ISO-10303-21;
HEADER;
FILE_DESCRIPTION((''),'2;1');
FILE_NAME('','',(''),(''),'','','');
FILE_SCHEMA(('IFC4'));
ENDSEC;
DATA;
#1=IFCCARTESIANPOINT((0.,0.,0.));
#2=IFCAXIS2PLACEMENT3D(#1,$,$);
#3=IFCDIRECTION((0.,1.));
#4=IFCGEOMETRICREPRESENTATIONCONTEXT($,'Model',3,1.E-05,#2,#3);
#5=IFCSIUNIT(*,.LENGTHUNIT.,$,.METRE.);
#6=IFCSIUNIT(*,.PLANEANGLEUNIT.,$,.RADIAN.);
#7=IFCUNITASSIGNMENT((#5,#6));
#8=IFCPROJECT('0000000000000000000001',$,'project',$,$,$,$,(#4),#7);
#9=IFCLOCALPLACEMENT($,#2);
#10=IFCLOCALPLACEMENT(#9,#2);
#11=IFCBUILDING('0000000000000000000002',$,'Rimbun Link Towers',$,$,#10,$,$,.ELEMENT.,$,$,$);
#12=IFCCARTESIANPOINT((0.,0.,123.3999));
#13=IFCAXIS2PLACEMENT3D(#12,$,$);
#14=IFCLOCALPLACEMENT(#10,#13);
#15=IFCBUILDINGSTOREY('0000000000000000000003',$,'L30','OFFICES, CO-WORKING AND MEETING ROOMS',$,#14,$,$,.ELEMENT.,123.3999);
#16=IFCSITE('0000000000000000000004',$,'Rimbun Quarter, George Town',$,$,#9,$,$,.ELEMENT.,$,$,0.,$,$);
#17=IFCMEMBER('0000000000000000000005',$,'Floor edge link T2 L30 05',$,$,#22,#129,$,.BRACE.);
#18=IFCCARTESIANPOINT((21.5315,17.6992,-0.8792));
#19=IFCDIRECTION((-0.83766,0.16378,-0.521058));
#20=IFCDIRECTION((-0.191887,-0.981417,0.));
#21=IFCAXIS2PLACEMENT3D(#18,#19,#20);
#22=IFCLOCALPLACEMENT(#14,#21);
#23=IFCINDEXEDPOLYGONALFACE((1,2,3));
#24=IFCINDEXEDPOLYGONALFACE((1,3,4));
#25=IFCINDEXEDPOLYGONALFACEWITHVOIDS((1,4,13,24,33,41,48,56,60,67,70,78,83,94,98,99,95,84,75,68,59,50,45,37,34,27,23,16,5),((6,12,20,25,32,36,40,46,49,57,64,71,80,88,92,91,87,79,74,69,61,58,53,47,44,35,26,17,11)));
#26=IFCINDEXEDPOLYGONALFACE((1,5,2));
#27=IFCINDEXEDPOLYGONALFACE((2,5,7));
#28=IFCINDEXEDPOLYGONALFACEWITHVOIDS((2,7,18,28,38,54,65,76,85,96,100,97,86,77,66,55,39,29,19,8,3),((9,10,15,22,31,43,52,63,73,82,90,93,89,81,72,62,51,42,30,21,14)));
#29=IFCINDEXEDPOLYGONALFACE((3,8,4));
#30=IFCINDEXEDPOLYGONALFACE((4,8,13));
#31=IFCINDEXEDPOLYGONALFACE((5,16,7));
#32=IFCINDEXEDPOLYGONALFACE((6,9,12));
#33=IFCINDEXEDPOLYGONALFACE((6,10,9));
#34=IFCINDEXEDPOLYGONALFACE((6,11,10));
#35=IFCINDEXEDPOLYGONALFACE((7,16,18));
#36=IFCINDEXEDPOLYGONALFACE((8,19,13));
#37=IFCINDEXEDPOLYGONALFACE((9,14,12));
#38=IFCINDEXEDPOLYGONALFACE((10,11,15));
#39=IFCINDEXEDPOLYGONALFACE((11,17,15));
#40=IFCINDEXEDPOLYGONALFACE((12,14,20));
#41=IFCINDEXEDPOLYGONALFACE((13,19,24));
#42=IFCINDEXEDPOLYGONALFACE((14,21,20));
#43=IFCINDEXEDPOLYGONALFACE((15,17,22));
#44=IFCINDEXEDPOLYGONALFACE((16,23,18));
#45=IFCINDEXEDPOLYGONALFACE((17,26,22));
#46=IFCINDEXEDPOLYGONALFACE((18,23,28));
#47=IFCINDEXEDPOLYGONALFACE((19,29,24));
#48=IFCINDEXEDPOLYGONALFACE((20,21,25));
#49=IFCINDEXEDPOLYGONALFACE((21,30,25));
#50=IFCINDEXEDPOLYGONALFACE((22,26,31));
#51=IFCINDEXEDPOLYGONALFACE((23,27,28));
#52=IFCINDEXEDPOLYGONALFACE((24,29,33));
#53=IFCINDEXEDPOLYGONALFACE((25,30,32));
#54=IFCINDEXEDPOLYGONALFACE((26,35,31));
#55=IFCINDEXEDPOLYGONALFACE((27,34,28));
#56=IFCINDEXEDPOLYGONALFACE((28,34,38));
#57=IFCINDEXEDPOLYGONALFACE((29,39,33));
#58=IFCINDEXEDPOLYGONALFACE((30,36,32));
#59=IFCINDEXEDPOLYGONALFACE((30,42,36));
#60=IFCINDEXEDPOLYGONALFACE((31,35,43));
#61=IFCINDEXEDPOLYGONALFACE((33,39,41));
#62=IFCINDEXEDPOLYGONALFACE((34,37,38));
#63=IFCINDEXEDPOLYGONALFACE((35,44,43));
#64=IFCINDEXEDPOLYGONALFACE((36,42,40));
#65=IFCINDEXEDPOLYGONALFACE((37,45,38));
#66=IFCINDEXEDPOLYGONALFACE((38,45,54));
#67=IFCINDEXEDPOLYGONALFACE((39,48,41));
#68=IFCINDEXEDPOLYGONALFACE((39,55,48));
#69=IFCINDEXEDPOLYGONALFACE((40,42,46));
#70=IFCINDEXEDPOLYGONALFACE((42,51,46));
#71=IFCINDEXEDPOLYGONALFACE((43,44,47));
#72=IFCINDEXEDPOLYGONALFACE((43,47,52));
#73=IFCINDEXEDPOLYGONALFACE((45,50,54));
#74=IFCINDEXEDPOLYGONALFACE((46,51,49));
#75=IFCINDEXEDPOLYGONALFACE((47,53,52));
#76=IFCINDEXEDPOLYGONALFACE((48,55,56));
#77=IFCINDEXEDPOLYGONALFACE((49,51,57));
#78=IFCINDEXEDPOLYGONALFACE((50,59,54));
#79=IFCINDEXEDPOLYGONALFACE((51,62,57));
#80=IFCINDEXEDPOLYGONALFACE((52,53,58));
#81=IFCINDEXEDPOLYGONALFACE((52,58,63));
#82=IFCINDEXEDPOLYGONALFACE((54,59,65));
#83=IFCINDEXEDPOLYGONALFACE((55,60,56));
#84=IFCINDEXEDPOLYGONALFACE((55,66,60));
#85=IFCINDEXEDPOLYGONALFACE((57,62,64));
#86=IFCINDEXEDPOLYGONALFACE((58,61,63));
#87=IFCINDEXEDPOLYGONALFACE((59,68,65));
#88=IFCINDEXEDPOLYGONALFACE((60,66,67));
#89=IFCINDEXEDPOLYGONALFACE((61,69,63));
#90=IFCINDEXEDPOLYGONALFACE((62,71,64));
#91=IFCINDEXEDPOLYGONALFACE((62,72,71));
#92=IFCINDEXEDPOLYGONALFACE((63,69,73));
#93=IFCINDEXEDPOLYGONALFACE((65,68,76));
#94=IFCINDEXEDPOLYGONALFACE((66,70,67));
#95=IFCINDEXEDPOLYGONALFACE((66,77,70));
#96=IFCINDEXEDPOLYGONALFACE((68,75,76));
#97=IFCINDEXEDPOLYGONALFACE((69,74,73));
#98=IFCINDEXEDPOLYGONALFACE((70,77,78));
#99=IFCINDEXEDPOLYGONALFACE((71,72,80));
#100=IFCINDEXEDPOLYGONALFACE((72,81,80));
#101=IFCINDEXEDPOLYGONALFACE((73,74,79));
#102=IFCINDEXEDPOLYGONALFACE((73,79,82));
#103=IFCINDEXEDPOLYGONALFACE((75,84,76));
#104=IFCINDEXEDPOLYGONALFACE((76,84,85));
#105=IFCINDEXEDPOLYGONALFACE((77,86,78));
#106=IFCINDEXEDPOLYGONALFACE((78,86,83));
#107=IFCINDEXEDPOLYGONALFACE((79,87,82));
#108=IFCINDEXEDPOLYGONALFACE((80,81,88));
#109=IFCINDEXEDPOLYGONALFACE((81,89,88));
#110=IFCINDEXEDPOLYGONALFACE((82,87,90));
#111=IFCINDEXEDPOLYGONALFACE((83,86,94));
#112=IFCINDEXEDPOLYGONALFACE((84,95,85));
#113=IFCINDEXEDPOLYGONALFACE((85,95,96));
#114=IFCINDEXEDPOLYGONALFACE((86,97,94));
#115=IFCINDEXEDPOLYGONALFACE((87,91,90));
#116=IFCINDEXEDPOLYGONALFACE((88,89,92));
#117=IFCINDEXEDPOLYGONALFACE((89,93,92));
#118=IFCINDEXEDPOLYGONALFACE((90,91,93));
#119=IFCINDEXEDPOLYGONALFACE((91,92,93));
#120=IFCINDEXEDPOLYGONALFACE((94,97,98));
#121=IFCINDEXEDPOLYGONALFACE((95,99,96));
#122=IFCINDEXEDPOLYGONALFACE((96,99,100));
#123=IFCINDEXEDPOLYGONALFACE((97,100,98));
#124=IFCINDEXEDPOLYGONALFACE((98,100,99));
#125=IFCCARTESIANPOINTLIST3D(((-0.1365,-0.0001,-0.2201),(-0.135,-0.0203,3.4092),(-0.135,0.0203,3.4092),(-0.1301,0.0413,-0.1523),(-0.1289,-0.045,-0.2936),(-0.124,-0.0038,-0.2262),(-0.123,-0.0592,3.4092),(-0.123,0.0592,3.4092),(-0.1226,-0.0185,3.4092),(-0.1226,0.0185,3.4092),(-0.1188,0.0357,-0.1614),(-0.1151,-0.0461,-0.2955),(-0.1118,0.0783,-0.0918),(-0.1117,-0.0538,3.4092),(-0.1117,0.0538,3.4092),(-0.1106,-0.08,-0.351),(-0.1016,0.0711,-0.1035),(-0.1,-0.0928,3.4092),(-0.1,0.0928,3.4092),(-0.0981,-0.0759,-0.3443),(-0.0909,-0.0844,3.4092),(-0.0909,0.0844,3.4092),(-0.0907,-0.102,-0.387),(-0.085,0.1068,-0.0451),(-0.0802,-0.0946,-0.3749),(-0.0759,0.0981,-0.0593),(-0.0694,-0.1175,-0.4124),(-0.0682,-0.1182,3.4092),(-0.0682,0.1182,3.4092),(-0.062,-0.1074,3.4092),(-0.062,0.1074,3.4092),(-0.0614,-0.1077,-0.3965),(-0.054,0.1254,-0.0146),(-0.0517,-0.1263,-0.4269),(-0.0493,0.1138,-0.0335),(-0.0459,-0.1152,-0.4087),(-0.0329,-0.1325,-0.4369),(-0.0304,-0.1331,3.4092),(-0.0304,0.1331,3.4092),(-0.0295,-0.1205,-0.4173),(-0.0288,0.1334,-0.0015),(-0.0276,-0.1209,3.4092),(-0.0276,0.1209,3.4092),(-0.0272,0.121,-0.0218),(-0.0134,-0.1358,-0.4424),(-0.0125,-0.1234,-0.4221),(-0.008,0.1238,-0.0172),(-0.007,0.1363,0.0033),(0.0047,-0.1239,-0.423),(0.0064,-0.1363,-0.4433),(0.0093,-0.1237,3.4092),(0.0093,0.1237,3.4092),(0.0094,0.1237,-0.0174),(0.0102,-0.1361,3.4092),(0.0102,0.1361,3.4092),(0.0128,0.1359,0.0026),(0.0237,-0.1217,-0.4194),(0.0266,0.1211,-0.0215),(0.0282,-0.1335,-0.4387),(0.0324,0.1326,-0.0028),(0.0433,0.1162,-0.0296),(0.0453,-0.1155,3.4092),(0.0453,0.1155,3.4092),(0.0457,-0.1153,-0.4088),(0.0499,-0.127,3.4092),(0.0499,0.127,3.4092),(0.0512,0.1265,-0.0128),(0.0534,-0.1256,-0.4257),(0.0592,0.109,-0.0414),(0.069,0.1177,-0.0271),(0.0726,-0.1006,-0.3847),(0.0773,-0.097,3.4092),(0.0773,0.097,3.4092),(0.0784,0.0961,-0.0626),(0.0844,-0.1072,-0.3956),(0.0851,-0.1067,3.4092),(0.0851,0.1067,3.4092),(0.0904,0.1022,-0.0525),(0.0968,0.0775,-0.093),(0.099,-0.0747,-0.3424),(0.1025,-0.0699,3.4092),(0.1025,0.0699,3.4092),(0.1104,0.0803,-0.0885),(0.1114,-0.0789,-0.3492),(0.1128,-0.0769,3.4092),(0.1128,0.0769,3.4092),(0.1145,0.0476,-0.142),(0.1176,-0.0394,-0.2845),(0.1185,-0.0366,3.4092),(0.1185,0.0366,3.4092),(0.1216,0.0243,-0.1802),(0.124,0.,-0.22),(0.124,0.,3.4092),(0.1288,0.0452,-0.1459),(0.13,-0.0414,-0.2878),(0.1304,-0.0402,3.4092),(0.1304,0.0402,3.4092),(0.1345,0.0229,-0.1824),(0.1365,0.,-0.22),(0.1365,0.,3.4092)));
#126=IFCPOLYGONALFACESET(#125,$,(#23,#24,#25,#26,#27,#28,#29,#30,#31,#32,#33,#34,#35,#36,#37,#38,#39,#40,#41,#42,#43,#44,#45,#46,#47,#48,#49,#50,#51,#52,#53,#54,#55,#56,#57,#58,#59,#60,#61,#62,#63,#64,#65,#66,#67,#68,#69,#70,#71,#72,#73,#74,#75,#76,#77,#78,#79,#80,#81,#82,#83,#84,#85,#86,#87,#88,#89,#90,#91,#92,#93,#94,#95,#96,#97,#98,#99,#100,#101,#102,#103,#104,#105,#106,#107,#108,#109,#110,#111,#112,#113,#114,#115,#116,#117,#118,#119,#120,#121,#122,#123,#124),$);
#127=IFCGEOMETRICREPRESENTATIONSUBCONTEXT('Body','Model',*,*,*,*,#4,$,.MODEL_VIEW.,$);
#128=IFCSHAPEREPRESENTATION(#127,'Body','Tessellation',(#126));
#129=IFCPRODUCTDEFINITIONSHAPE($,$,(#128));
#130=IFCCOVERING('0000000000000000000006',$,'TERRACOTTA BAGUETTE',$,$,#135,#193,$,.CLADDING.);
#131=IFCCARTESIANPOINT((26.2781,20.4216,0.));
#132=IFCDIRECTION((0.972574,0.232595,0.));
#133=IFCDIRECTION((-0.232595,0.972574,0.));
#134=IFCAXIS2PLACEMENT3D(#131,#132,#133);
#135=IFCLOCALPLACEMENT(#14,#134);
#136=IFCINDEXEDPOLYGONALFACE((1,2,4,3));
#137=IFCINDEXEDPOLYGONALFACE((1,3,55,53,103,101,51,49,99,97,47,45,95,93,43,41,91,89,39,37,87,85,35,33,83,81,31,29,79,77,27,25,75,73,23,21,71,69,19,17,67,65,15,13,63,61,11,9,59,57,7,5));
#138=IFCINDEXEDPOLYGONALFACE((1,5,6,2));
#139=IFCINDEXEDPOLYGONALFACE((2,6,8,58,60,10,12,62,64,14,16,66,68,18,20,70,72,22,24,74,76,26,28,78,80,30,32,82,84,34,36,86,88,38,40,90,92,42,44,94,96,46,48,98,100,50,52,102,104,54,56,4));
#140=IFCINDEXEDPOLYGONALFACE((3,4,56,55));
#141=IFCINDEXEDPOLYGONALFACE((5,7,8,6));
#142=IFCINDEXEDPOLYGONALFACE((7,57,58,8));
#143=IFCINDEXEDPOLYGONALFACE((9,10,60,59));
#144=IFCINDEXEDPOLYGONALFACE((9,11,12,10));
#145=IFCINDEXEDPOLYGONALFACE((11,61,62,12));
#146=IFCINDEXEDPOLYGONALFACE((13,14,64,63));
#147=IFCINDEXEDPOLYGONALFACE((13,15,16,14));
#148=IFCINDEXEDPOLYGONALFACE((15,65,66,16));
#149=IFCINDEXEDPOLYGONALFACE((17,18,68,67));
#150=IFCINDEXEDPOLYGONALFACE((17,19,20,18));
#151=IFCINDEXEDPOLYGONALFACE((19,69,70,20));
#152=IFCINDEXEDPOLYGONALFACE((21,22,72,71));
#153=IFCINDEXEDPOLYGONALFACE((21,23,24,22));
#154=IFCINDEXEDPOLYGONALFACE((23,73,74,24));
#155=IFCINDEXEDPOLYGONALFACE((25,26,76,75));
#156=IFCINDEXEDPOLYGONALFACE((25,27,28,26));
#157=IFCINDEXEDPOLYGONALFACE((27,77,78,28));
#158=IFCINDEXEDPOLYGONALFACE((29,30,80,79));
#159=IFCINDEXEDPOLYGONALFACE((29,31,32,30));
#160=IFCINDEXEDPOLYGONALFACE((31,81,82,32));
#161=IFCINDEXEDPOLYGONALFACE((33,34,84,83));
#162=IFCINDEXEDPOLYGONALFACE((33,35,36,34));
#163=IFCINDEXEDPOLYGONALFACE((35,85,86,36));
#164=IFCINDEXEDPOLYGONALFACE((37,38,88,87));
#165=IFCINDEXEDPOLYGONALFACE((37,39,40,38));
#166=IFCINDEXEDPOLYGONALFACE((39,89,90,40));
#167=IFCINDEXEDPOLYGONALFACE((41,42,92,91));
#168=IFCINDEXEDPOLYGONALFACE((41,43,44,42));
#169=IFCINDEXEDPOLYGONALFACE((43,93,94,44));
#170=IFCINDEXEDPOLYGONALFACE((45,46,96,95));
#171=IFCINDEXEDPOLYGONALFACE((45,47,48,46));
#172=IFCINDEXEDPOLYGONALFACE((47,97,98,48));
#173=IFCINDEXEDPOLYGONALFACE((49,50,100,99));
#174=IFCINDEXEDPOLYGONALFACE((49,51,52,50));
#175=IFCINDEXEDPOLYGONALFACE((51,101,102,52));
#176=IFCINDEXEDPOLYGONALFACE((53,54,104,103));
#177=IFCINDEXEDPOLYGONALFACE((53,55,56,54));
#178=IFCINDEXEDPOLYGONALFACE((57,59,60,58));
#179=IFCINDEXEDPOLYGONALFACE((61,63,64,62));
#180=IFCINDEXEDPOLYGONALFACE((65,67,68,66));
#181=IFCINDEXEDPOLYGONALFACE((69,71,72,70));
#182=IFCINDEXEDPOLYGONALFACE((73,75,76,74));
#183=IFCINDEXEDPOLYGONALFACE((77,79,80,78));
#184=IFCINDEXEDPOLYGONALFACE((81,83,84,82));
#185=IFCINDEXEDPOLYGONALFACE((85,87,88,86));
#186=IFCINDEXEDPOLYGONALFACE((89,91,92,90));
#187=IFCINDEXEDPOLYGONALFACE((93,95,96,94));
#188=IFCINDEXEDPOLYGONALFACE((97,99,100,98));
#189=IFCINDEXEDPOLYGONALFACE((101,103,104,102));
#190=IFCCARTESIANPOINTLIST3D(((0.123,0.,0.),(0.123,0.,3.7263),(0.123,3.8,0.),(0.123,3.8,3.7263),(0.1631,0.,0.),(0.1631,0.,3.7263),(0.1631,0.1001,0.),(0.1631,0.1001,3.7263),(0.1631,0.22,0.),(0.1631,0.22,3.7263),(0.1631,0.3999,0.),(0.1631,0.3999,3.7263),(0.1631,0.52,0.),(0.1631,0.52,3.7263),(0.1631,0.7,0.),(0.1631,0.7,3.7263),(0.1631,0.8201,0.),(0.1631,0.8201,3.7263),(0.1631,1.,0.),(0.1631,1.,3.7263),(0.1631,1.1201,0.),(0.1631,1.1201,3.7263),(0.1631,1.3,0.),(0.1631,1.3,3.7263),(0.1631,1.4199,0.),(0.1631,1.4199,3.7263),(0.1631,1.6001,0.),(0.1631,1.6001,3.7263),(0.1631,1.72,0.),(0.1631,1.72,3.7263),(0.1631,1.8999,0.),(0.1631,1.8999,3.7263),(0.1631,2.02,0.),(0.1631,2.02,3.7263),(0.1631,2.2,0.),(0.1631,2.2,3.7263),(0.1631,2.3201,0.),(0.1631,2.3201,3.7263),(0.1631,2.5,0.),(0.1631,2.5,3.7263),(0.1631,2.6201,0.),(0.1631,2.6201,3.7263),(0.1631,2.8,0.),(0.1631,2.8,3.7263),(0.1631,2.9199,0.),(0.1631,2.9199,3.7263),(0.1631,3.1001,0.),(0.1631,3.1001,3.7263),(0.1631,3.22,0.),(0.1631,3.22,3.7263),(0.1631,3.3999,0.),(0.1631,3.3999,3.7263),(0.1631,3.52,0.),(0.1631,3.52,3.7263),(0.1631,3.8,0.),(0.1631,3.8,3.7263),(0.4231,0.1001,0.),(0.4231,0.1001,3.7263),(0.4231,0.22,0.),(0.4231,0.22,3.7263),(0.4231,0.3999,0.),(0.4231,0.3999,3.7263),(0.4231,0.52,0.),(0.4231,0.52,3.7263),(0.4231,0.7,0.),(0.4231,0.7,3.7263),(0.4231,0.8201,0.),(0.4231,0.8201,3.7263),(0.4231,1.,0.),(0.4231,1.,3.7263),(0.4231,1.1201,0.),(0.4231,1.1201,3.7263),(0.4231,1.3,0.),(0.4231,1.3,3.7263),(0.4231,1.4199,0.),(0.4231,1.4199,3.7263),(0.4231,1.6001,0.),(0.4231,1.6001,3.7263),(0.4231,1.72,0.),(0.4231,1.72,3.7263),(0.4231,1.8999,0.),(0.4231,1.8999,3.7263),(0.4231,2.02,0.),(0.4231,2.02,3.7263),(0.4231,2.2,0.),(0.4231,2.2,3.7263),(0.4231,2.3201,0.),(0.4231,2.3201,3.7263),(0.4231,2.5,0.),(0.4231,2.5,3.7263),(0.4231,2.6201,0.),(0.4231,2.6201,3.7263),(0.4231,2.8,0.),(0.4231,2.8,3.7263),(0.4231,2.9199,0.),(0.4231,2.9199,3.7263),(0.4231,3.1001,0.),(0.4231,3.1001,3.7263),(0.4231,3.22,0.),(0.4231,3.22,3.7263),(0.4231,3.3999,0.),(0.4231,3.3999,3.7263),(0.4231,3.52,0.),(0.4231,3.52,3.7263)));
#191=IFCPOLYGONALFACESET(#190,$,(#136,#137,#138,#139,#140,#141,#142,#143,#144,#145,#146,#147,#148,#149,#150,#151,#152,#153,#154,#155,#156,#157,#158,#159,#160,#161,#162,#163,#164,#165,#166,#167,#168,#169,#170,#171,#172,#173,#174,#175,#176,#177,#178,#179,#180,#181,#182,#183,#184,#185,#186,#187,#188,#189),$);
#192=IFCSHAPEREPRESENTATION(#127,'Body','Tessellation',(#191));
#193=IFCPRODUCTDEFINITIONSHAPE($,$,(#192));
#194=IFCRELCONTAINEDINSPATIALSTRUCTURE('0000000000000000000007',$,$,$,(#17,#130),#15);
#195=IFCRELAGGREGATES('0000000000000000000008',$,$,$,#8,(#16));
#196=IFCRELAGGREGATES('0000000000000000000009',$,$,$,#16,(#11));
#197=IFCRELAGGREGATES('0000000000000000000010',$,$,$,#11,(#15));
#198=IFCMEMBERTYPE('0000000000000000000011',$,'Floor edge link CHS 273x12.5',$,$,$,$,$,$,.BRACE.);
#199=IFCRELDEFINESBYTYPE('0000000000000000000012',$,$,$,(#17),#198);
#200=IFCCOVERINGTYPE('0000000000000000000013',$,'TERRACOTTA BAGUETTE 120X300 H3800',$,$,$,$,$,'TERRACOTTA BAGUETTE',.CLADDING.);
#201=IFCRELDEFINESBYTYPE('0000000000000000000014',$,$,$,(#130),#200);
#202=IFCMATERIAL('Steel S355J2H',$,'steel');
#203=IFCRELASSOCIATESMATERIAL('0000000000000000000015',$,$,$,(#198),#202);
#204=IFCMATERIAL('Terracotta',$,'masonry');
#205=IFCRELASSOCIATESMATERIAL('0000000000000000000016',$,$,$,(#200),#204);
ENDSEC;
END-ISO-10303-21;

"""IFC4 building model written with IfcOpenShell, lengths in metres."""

from ifc_helpers import new_model, si_unit, direction, frame, origin, origin_2d, place, context, subcontext, project, spatial, polyline, hollow_circle, outline, extrude, clip, halfspace, material, material_profile, profile_set, type_object, element, save


model = new_model("IFC4")

# Units and contexts
model_context = context("Model", 3, precision=1e-05, world=origin(), true_north=direction((0.0, 1.0)))
body_context = subcontext(model_context, "Body", "Model", "MODEL_VIEW")
ifc_project = project(units=[si_unit("LENGTHUNIT", "METRE"), si_unit("PLANEANGLEUNIT", "RADIAN")], contexts=[model_context])

# Site, building, storey
site_placement = place(None, origin())
site = spatial("IfcSite", under=ifc_project, at=site_placement, Name="Rimbun Quarter, George Town", CompositionType="ELEMENT", RefElevation=0.0)
building_placement = place(site_placement, origin())
building = spatial("IfcBuilding", under=site, at=building_placement, Name="Rimbun Link Towers", CompositionType="ELEMENT")
storey_placement = place(building_placement, frame((0.0, 0.0, 123.3999)))
storey = spatial("IfcBuildingStorey", under=building, at=storey_placement, Name="L30", Description="OFFICES, CO-WORKING AND MEETING ROOMS", CompositionType="ELEMENT", Elevation=123.3999)

# Member
ifc_material_1 = material(Name="Steel S355J2H", Category="steel")
ifc_material_profile_1 = material_profile(ifc_material_1, hollow_circle(Radius=0.1365, WallThickness=0.0125, at=origin_2d()), Name="CHS 273x12.5")
ifc_profile_set_1 = profile_set([ifc_material_profile_1], Name="Steel S355J2H")
member_type_1 = type_object("IfcMemberType", Name="Floor edge link CHS 273x12.5", PredefinedType="BRACE", material=ifc_profile_set_1)
member_1_placement = place(storey_placement, frame((21.5315, 17.6992, -0.8792), z_axis=(-0.83766, 0.16378, -0.521058), x_axis=(-0.191887, -0.981417, 0.0)))
element("IfcMember", 1, at=member_1_placement, inside=storey, type_object=member_type_1, Name="Floor edge link T2 L30 05", PredefinedType="BRACE", context=body_context, shape_type="Clipping", body=[
    clip(extrude(hollow_circle(Radius=0.1365, WallThickness=0.0125, at=origin_2d()), frame((0.0, 0.0, -0.4663)), (0.0, 0.0, 1.0), 3.8755), halfspace(frame((0.0, 0.0, -0.22), z_axis=(0.0, 0.853521, -0.521058)), False)),
])

# Covering
ifc_material_2 = material(Name="Terracotta", Category="masonry")
ifc_material_profile_2 = material_profile(ifc_material_2, outline(polyline([(0.123, 0.0), (0.1631, 0.0), (0.1631, 0.1001), (0.4231, 0.1001), (0.4231, 0.22), (0.1631, 0.22), (0.1631, 0.3999), (0.4231, 0.3999), (0.4231, 0.52), (0.1631, 0.52), (0.1631, 0.7), (0.4231, 0.7), (0.4231, 0.8201), (0.1631, 0.8201), (0.1631, 1.0), (0.4231, 1.0), (0.4231, 1.1201), (0.1631, 1.1201), (0.1631, 1.3), (0.4231, 1.3), (0.4231, 1.4199), (0.1631, 1.4199), (0.1631, 1.6001), (0.4231, 1.6001), (0.4231, 1.72), (0.1631, 1.72), (0.1631, 1.8999), (0.4231, 1.8999), (0.4231, 2.02), (0.1631, 2.02), (0.1631, 2.2), (0.4231, 2.2), (0.4231, 2.3201), (0.1631, 2.3201), (0.1631, 2.5), (0.4231, 2.5), (0.4231, 2.6201), (0.1631, 2.6201), (0.1631, 2.8), (0.4231, 2.8), (0.4231, 2.9199), (0.1631, 2.9199), (0.1631, 3.1001), (0.4231, 3.1001), (0.4231, 3.22), (0.1631, 3.22), (0.1631, 3.3999), (0.4231, 3.3999), (0.4231, 3.52), (0.1631, 3.52), (0.1631, 3.8), (0.123, 3.8), (0.123, 0.0)])), Name="BAGUETTE 120X300")
ifc_profile_set_2 = profile_set([ifc_material_profile_2], Name="Terracotta")
covering_type = type_object("IfcCoveringType", Name="TERRACOTTA BAGUETTE 120X300 H3800", ElementType="TERRACOTTA BAGUETTE", PredefinedType="CLADDING", material=ifc_profile_set_2)
covering_1_placement = place(storey_placement, frame((26.2781, 20.4216, 0.0), z_axis=(0.972574, 0.232595, 0.0), x_axis=(-0.232595, 0.972574, 0.0)))
element("IfcCovering", 2, at=covering_1_placement, inside=storey, type_object=covering_type, Name="TERRACOTTA BAGUETTE", PredefinedType="CLADDING", context=body_context, shape_type="SweptSolid", body=[
    extrude(outline(polyline([(0.123, 0.0), (0.1631, 0.0), (0.1631, 0.1001), (0.4231, 0.1001), (0.4231, 0.22), (0.1631, 0.22), (0.1631, 0.3999), (0.4231, 0.3999), (0.4231, 0.52), (0.1631, 0.52), (0.1631, 0.7), (0.4231, 0.7), (0.4231, 0.8201), (0.1631, 0.8201), (0.1631, 1.0), (0.4231, 1.0), (0.4231, 1.1201), (0.1631, 1.1201), (0.1631, 1.3), (0.4231, 1.3), (0.4231, 1.4199), (0.1631, 1.4199), (0.1631, 1.6001), (0.4231, 1.6001), (0.4231, 1.72), (0.1631, 1.72), (0.1631, 1.8999), (0.4231, 1.8999), (0.4231, 2.02), (0.1631, 2.02), (0.1631, 2.2), (0.4231, 2.2), (0.4231, 2.3201), (0.1631, 2.3201), (0.1631, 2.5), (0.4231, 2.5), (0.4231, 2.6201), (0.1631, 2.6201), (0.1631, 2.8), (0.4231, 2.8), (0.4231, 2.9199), (0.1631, 2.9199), (0.1631, 3.1001), (0.4231, 3.1001), (0.4231, 3.22), (0.1631, 3.22), (0.1631, 3.3999), (0.4231, 3.3999), (0.4231, 3.52), (0.1631, 3.52), (0.1631, 3.8), (0.123, 3.8), (0.123, 0.0)])), origin(), (0.0, 0.0, 1.0), 3.7263),
])

save(model, "model.ifc")
